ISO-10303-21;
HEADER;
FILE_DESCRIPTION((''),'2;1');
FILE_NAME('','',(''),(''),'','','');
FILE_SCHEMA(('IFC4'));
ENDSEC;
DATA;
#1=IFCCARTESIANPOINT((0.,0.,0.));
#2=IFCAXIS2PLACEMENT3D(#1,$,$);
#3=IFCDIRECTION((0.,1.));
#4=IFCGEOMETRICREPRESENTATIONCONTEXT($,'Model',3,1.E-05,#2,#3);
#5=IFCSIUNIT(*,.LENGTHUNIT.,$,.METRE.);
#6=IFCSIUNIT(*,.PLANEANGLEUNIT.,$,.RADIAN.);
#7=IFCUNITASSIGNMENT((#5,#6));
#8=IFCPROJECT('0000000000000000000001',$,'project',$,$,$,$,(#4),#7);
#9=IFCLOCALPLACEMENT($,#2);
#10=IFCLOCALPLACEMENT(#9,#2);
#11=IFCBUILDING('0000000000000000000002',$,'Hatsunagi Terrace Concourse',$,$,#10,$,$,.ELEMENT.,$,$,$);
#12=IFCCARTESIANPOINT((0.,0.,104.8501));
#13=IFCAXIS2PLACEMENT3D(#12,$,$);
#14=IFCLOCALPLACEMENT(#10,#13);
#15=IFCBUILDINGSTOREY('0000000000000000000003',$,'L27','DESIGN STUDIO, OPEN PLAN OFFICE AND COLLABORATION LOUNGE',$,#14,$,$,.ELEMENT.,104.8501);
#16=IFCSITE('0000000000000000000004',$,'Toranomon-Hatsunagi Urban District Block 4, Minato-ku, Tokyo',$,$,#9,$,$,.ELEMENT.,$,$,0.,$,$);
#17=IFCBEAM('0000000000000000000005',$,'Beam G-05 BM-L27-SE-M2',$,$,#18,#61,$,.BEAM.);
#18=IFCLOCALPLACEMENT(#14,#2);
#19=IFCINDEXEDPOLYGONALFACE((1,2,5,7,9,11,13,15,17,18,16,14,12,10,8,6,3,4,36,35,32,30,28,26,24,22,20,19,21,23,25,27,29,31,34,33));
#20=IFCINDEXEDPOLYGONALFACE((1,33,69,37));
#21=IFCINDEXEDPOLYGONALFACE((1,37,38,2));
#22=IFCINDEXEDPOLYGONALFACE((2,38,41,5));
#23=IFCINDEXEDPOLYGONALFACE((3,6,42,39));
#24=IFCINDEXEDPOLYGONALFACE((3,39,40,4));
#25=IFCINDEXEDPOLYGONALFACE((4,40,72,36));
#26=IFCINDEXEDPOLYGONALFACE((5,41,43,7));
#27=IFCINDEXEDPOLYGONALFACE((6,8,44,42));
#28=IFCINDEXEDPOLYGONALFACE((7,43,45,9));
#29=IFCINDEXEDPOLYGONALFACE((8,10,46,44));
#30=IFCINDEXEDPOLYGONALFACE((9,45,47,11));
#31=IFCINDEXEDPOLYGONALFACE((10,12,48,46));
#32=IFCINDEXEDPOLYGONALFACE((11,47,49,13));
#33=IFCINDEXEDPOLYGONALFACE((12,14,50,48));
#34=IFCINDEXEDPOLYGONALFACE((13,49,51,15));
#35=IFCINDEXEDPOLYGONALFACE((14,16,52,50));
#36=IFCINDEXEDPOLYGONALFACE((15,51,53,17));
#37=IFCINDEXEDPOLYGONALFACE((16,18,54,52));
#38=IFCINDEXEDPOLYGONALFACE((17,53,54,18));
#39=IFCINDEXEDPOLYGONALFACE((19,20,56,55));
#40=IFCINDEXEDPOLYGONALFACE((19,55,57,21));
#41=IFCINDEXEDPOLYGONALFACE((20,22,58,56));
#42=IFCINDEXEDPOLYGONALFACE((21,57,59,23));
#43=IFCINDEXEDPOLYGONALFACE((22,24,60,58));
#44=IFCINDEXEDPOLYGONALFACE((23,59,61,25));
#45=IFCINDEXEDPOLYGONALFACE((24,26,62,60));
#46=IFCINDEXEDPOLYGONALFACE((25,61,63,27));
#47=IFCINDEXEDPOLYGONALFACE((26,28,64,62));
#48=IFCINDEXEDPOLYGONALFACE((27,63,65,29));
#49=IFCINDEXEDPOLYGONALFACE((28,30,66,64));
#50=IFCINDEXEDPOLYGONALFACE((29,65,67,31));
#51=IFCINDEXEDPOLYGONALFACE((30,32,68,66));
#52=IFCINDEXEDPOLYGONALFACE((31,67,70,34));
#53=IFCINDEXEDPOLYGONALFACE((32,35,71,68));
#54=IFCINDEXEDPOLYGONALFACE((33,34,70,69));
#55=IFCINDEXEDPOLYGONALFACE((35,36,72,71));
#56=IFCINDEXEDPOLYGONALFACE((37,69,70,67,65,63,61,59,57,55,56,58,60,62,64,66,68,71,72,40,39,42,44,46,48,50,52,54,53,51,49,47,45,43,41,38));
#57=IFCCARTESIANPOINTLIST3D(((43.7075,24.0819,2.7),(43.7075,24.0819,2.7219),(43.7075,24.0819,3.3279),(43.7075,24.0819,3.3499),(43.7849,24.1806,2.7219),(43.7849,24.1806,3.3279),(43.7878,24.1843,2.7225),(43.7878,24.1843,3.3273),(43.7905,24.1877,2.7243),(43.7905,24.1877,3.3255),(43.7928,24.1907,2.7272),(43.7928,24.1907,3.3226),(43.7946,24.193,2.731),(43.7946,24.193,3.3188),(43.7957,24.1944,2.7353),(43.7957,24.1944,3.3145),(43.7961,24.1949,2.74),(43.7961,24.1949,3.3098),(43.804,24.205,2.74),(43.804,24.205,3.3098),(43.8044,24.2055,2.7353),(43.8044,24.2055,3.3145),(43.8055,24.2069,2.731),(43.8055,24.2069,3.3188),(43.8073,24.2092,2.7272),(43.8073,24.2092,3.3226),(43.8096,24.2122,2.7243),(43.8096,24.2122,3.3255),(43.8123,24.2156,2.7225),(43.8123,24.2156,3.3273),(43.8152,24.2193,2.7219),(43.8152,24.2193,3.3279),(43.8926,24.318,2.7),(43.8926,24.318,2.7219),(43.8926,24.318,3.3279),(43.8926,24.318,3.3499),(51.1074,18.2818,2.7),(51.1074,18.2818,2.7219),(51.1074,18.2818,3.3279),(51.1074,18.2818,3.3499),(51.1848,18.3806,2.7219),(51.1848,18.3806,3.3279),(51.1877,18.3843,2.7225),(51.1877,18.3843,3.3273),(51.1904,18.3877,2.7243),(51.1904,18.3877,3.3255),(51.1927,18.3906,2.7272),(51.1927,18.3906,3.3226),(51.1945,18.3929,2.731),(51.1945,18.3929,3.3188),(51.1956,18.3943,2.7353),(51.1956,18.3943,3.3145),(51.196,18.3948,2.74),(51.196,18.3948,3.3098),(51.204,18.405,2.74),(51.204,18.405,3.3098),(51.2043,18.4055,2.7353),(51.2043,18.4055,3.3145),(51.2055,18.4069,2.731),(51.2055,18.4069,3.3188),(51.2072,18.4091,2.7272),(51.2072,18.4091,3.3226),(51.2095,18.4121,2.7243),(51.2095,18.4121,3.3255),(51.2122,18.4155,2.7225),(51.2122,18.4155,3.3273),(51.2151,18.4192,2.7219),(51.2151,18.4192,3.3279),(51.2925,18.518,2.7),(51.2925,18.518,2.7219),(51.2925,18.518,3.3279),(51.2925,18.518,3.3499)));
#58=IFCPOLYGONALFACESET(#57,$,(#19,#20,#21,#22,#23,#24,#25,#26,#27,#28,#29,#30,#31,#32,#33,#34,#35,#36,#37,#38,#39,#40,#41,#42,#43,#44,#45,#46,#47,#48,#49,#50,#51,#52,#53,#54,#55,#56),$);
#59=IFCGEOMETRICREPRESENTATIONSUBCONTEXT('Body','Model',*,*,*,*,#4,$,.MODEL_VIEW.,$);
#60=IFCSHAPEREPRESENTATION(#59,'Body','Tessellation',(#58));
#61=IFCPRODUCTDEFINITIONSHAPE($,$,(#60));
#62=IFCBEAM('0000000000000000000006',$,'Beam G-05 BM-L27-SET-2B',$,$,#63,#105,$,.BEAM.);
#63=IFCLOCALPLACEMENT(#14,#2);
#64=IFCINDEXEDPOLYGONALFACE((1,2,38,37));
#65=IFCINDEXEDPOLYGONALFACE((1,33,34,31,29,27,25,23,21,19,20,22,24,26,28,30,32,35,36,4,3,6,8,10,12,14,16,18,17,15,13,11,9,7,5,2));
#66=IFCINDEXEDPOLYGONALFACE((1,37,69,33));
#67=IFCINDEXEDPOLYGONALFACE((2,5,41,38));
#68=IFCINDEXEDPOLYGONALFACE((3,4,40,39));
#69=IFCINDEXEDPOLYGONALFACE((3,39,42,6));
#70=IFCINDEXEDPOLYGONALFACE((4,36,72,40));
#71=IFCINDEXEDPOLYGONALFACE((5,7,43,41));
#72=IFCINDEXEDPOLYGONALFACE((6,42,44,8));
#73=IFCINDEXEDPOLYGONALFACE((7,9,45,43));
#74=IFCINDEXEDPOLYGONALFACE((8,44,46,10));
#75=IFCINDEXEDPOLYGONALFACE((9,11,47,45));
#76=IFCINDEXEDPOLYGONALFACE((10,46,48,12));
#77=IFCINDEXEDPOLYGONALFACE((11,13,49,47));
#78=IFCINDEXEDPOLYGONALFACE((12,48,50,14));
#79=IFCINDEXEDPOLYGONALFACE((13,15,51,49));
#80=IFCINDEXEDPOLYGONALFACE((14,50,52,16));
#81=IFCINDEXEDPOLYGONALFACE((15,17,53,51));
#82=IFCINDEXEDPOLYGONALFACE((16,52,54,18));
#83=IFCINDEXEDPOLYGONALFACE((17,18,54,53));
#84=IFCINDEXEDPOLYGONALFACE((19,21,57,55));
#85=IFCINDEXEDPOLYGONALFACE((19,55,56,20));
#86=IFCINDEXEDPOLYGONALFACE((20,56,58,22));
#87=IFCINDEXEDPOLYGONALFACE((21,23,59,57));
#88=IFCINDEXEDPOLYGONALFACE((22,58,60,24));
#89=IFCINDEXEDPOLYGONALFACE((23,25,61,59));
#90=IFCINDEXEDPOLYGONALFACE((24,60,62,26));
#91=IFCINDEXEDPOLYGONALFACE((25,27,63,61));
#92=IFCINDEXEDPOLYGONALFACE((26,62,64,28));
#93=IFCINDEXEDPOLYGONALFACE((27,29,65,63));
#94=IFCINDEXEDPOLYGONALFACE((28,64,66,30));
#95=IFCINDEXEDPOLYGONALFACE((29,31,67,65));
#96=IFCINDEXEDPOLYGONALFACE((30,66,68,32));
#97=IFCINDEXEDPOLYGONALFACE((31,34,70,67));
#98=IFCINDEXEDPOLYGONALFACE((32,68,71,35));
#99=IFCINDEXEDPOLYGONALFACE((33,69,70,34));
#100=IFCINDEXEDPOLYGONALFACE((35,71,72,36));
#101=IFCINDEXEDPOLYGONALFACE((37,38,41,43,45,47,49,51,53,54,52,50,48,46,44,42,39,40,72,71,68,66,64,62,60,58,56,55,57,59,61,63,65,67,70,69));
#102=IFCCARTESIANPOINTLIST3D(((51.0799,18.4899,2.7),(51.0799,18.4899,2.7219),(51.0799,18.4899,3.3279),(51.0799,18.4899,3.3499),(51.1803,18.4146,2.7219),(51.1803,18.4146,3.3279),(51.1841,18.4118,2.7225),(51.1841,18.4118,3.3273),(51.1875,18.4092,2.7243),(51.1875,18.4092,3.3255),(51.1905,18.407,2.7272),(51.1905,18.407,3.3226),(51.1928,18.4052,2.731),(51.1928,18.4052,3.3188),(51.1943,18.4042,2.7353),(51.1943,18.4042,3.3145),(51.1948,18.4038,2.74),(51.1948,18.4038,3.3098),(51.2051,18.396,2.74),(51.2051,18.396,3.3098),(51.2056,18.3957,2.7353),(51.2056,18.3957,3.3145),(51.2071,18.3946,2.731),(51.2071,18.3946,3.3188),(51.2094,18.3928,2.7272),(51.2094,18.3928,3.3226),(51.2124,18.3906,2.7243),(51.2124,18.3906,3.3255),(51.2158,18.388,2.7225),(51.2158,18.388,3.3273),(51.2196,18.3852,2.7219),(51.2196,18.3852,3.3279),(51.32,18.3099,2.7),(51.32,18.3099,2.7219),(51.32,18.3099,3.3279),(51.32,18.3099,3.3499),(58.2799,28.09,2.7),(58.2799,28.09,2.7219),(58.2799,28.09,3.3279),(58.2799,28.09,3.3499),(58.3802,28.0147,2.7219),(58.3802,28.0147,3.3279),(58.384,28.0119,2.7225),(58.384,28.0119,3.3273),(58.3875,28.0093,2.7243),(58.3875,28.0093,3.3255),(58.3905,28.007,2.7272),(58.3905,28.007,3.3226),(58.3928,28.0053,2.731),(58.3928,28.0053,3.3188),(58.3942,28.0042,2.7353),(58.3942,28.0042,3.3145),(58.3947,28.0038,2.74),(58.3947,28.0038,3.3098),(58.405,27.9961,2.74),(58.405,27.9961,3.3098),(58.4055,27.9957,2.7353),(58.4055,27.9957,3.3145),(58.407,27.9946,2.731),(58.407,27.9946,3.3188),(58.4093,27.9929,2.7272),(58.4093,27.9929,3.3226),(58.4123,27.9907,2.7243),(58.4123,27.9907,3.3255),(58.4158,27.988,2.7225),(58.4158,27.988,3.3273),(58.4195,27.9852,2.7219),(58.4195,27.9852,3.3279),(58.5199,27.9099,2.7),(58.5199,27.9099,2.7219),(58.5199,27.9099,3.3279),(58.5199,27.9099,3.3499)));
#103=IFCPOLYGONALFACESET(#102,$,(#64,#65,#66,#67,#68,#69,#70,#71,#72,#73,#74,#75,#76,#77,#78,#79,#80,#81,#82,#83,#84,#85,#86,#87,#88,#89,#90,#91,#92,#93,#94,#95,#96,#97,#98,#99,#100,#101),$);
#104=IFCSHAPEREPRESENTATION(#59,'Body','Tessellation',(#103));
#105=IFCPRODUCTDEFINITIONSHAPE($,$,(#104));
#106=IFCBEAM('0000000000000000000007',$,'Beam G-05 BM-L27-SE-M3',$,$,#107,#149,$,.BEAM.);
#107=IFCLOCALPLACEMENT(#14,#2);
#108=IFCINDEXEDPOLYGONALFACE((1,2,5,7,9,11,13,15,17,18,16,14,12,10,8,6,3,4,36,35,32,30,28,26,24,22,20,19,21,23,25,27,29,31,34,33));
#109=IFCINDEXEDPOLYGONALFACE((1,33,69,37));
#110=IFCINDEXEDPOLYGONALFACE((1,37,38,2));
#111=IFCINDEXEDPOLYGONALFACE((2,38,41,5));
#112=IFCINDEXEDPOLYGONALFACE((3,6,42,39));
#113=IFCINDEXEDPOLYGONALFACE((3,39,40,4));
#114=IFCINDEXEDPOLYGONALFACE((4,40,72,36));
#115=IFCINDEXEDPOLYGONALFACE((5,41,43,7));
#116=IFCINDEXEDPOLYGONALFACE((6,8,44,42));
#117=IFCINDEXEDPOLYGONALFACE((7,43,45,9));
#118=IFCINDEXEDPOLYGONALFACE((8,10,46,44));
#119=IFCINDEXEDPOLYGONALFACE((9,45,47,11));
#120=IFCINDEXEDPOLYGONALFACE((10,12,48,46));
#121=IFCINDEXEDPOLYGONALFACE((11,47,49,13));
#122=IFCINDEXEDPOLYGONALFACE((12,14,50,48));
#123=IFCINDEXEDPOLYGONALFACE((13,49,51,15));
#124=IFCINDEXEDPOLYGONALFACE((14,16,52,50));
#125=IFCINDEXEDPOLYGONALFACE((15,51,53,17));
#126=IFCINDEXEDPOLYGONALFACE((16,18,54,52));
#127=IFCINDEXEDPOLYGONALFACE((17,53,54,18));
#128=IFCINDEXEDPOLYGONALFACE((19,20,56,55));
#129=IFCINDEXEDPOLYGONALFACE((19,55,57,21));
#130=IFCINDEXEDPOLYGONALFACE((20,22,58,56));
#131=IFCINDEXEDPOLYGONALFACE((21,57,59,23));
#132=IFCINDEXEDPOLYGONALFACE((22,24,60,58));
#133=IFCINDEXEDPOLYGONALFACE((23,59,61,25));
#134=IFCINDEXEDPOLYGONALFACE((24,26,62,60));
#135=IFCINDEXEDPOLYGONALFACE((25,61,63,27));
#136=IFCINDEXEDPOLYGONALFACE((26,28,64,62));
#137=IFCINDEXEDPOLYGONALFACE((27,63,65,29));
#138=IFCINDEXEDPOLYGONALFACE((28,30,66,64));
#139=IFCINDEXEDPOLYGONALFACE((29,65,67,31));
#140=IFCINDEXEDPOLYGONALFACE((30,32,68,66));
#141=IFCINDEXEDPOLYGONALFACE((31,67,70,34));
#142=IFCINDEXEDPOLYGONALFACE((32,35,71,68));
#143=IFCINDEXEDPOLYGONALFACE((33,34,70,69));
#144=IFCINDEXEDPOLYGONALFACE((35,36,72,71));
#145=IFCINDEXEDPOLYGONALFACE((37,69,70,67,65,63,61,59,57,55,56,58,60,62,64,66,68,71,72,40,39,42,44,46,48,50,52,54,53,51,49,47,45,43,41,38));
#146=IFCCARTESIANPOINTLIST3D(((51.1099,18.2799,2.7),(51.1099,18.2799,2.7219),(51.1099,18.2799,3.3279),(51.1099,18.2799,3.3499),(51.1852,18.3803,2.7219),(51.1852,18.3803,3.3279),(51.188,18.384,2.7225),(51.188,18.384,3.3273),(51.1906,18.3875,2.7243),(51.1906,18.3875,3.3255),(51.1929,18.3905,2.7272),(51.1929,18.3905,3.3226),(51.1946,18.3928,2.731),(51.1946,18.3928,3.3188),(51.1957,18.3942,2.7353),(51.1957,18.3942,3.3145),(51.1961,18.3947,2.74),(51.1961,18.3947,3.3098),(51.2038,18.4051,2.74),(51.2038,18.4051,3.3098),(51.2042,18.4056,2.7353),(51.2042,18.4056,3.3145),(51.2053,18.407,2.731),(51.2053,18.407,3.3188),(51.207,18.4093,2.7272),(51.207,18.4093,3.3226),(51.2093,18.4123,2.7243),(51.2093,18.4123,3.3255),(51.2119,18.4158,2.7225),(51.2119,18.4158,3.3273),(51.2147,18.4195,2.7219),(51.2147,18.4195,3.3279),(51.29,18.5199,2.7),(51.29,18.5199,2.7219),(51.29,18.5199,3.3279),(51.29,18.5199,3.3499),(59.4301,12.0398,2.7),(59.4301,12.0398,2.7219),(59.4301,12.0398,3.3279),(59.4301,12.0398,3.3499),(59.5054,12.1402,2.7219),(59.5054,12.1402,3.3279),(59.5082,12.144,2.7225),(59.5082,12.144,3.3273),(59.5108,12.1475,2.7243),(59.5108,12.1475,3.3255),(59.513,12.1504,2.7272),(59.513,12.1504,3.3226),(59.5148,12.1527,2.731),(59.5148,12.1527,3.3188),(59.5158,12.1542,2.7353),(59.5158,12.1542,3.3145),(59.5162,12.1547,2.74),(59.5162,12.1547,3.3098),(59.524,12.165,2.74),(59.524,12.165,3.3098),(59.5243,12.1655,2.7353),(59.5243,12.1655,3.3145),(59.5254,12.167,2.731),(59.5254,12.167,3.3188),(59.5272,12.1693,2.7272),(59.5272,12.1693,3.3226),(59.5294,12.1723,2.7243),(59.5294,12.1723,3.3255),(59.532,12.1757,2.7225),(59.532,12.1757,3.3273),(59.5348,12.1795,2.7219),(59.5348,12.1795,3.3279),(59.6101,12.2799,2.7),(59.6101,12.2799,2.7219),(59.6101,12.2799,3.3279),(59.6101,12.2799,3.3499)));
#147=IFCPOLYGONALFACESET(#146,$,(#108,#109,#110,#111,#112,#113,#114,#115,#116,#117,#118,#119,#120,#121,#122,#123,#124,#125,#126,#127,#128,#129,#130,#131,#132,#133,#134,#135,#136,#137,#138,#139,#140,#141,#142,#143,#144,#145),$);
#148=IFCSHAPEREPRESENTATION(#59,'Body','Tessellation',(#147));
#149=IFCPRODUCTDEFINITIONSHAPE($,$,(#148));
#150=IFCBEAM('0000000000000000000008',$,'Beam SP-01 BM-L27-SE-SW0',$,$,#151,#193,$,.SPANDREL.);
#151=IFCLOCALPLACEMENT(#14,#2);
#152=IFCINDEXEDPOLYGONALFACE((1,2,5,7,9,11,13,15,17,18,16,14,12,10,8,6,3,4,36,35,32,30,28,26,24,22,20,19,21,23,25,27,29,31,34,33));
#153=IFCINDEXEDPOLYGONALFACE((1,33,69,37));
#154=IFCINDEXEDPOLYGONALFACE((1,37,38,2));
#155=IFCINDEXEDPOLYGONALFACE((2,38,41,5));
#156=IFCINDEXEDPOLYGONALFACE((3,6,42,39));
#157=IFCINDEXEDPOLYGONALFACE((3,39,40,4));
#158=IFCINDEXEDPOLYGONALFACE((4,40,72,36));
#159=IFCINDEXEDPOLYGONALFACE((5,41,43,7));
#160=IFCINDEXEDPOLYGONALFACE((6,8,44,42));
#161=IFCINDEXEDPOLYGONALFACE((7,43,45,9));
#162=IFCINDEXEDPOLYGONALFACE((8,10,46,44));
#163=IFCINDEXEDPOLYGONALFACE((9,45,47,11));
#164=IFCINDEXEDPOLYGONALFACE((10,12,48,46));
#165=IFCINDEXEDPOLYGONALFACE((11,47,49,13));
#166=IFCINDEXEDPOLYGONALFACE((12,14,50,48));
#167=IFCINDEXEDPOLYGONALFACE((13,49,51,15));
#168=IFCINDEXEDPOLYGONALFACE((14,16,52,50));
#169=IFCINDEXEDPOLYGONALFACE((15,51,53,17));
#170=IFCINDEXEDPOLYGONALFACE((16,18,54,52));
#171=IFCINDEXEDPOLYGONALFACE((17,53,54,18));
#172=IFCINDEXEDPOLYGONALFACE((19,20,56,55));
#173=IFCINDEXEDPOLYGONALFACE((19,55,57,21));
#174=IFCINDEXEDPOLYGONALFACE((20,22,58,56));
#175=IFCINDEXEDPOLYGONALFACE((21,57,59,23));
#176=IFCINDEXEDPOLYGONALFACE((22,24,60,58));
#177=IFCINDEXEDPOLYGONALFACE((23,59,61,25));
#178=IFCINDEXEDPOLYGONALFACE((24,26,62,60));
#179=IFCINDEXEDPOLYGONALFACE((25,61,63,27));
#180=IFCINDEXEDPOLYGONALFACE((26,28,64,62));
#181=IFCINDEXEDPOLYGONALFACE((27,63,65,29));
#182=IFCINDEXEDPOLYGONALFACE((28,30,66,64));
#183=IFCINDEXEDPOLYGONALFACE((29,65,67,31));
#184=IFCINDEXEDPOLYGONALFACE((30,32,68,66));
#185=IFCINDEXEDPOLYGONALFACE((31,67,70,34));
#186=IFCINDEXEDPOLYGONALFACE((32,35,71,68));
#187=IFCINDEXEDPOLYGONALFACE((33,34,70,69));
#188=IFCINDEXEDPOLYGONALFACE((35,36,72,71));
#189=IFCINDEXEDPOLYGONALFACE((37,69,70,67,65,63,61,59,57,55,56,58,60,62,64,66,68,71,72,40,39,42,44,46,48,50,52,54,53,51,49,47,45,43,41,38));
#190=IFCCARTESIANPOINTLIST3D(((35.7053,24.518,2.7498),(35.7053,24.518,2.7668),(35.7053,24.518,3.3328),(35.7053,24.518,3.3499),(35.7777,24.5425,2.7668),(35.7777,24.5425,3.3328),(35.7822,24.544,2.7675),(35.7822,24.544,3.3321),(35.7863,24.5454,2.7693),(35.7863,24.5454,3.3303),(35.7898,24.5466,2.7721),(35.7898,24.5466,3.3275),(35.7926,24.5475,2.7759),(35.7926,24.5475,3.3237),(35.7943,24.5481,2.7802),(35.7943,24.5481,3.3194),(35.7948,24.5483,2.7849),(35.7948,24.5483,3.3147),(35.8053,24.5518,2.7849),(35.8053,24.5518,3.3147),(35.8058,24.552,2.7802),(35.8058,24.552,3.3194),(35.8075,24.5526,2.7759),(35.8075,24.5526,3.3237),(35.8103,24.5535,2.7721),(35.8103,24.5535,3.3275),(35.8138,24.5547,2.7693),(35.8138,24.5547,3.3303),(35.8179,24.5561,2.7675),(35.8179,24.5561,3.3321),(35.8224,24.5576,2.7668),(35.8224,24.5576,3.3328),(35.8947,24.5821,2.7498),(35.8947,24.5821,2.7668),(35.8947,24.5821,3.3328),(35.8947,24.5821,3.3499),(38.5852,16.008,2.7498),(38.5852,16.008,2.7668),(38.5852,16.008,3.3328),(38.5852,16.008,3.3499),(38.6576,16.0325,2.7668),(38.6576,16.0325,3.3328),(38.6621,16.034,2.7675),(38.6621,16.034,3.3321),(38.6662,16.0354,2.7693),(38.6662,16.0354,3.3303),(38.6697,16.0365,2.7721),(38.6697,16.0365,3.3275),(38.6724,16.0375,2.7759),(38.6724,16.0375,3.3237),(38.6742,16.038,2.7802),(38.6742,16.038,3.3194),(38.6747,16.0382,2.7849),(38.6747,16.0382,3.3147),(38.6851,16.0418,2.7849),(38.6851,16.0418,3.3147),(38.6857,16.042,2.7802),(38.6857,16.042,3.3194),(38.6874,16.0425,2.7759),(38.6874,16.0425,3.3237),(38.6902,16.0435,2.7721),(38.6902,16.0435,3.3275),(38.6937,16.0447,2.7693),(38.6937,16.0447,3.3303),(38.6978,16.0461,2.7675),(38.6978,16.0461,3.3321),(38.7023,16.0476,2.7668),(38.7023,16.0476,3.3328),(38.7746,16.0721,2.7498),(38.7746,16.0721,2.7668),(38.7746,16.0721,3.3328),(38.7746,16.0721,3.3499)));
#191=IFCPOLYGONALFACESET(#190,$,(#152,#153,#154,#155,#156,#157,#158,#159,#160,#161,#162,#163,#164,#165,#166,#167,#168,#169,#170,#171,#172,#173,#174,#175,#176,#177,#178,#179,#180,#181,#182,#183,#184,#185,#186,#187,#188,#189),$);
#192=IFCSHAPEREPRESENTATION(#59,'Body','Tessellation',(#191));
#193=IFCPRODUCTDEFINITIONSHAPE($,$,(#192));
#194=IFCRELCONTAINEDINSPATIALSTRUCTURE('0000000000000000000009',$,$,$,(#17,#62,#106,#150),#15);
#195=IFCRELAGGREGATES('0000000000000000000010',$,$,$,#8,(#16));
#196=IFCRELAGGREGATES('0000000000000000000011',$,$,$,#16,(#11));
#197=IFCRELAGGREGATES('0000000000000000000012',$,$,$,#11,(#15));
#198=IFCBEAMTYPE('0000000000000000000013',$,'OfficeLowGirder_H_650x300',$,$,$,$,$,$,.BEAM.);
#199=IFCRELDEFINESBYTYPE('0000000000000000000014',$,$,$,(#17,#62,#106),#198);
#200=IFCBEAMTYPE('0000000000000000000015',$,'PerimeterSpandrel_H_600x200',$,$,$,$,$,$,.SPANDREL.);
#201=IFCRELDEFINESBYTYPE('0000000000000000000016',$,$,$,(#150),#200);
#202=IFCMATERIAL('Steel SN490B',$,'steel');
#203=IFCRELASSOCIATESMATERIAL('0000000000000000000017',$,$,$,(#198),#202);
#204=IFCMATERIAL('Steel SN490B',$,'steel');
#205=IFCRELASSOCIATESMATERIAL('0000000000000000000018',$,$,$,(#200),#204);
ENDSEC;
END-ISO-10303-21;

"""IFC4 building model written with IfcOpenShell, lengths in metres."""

from ifc_helpers import new_model, si_unit, direction, frame, origin, origin_2d, place, context, subcontext, project, spatial, i_section, extrude, material, material_profile, profile_set, type_object, element, save


model = new_model("IFC4")

# Units and contexts
model_context = context("Model", 3, precision=1e-05, world=origin(), true_north=direction((0.0, 1.0)))
body_context = subcontext(model_context, "Body", "Model", "MODEL_VIEW")
ifc_project = project(units=[si_unit("LENGTHUNIT", "METRE"), si_unit("PLANEANGLEUNIT", "RADIAN")], contexts=[model_context])

# Site, building, storey
site_placement = place(None, origin())
site = spatial("IfcSite", under=ifc_project, at=site_placement, Name="Toranomon-Hatsunagi Urban District Block 4, Minato-ku, Tokyo", CompositionType="ELEMENT", RefElevation=0.0)
building_placement = place(site_placement, origin())
building = spatial("IfcBuilding", under=site, at=building_placement, Name="Hatsunagi Terrace Concourse", CompositionType="ELEMENT")
storey_placement = place(building_placement, frame((0.0, 0.0, 104.8501)))
storey = spatial("IfcBuildingStorey", under=building, at=storey_placement, Name="L27", Description="DESIGN STUDIO, OPEN PLAN OFFICE AND COLLABORATION LOUNGE", CompositionType="ELEMENT", Elevation=104.8501)

# Beams
ifc_material_1 = material(Name="Steel SN490B", Category="steel")
ifc_material_profile_1 = material_profile(ifc_material_1, i_section(OverallWidth=0.3, OverallDepth=0.6499, WebThickness=0.0129, FlangeThickness=0.022, FilletRadius=0.0181, at=origin_2d()), Name="H-650x300x13x22")
ifc_profile_set_1 = profile_set([ifc_material_profile_1], Name="Steel SN490B")
beam_type_1 = type_object("IfcBeamType", Name="OfficeLowGirder_H_650x300", PredefinedType="BEAM", material=ifc_profile_set_1)
beam_1_placement = place(storey_placement, frame((43.8, 24.2, 3.0249), z_axis=(0.787049, -0.61689, 0.0), x_axis=(0.61689, 0.787049, 0.0)))
element("IfcBeam", 1, at=beam_1_placement, inside=storey, type_object=beam_type_1, Name="Beam G-05 BM-L27-SE-M2", PredefinedType="BEAM", context=body_context, shape_type="SweptSolid", body=[
    extrude(i_section(OverallWidth=0.3, OverallDepth=0.6499, WebThickness=0.0129, FlangeThickness=0.022, FilletRadius=0.0181, at=origin_2d()), origin(), (0.0, 0.0, 1.0), 9.4021),
])
beam_2_placement = place(storey_placement, frame((51.2, 18.3999, 3.0249), z_axis=(0.599993, 0.800005, 0.0), x_axis=(-0.800005, 0.599993, 0.0)))
element("IfcBeam", 2, at=beam_2_placement, inside=storey, type_object=beam_type_1, Name="Beam G-05 BM-L27-SET-2B", PredefinedType="BEAM", context=body_context, shape_type="SweptSolid", body=[
    extrude(i_section(OverallWidth=0.3, OverallDepth=0.6499, WebThickness=0.0129, FlangeThickness=0.022, FilletRadius=0.0181, at=origin_2d()), origin(), (0.0, 0.0, 1.0), 12.0),
])
beam_3_placement = place(storey_placement, frame((51.2, 18.3999, 3.0249), z_axis=(0.800003, -0.599996, 0.0), x_axis=(0.599996, 0.800003, 0.0)))
element("IfcBeam", 3, at=beam_3_placement, inside=storey, type_object=beam_type_1, Name="Beam G-05 BM-L27-SE-M3", PredefinedType="BEAM", context=body_context, shape_type="SweptSolid", body=[
    extrude(i_section(OverallWidth=0.3, OverallDepth=0.6499, WebThickness=0.0129, FlangeThickness=0.022, FilletRadius=0.0181, at=origin_2d()), origin(), (0.0, 0.0, 1.0), 10.4001),
])
ifc_material_2 = material(Name="Steel SN490B", Category="steel")
ifc_material_profile_2 = material_profile(ifc_material_2, i_section(OverallWidth=0.2, OverallDepth=0.6001, WebThickness=0.011, FlangeThickness=0.0171, FilletRadius=0.0181, at=origin_2d()), Name="H-600x200x11x17")
ifc_profile_set_2 = profile_set([ifc_material_profile_2], Name="Steel SN490B")
beam_type_2 = type_object("IfcBeamType", Name="PerimeterSpandrel_H_600x200", PredefinedType="SPANDREL", material=ifc_profile_set_2)
beam_4_placement = place(storey_placement, frame((35.8, 24.55, 3.0498), z_axis=(0.320553, -0.94723, 0.0), x_axis=(0.94723, 0.320553, 0.0)))
element("IfcBeam", 4, at=beam_4_placement, inside=storey, type_object=beam_type_2, Name="Beam SP-01 BM-L27-SE-SW0", PredefinedType="SPANDREL", context=body_context, shape_type="SweptSolid", body=[
    extrude(i_section(OverallWidth=0.2, OverallDepth=0.6001, WebThickness=0.011, FlangeThickness=0.0171, FilletRadius=0.0181, at=origin_2d()), origin(), (0.0, 0.0, 1.0), 8.9841),
])

save(model, "model.ifc")
